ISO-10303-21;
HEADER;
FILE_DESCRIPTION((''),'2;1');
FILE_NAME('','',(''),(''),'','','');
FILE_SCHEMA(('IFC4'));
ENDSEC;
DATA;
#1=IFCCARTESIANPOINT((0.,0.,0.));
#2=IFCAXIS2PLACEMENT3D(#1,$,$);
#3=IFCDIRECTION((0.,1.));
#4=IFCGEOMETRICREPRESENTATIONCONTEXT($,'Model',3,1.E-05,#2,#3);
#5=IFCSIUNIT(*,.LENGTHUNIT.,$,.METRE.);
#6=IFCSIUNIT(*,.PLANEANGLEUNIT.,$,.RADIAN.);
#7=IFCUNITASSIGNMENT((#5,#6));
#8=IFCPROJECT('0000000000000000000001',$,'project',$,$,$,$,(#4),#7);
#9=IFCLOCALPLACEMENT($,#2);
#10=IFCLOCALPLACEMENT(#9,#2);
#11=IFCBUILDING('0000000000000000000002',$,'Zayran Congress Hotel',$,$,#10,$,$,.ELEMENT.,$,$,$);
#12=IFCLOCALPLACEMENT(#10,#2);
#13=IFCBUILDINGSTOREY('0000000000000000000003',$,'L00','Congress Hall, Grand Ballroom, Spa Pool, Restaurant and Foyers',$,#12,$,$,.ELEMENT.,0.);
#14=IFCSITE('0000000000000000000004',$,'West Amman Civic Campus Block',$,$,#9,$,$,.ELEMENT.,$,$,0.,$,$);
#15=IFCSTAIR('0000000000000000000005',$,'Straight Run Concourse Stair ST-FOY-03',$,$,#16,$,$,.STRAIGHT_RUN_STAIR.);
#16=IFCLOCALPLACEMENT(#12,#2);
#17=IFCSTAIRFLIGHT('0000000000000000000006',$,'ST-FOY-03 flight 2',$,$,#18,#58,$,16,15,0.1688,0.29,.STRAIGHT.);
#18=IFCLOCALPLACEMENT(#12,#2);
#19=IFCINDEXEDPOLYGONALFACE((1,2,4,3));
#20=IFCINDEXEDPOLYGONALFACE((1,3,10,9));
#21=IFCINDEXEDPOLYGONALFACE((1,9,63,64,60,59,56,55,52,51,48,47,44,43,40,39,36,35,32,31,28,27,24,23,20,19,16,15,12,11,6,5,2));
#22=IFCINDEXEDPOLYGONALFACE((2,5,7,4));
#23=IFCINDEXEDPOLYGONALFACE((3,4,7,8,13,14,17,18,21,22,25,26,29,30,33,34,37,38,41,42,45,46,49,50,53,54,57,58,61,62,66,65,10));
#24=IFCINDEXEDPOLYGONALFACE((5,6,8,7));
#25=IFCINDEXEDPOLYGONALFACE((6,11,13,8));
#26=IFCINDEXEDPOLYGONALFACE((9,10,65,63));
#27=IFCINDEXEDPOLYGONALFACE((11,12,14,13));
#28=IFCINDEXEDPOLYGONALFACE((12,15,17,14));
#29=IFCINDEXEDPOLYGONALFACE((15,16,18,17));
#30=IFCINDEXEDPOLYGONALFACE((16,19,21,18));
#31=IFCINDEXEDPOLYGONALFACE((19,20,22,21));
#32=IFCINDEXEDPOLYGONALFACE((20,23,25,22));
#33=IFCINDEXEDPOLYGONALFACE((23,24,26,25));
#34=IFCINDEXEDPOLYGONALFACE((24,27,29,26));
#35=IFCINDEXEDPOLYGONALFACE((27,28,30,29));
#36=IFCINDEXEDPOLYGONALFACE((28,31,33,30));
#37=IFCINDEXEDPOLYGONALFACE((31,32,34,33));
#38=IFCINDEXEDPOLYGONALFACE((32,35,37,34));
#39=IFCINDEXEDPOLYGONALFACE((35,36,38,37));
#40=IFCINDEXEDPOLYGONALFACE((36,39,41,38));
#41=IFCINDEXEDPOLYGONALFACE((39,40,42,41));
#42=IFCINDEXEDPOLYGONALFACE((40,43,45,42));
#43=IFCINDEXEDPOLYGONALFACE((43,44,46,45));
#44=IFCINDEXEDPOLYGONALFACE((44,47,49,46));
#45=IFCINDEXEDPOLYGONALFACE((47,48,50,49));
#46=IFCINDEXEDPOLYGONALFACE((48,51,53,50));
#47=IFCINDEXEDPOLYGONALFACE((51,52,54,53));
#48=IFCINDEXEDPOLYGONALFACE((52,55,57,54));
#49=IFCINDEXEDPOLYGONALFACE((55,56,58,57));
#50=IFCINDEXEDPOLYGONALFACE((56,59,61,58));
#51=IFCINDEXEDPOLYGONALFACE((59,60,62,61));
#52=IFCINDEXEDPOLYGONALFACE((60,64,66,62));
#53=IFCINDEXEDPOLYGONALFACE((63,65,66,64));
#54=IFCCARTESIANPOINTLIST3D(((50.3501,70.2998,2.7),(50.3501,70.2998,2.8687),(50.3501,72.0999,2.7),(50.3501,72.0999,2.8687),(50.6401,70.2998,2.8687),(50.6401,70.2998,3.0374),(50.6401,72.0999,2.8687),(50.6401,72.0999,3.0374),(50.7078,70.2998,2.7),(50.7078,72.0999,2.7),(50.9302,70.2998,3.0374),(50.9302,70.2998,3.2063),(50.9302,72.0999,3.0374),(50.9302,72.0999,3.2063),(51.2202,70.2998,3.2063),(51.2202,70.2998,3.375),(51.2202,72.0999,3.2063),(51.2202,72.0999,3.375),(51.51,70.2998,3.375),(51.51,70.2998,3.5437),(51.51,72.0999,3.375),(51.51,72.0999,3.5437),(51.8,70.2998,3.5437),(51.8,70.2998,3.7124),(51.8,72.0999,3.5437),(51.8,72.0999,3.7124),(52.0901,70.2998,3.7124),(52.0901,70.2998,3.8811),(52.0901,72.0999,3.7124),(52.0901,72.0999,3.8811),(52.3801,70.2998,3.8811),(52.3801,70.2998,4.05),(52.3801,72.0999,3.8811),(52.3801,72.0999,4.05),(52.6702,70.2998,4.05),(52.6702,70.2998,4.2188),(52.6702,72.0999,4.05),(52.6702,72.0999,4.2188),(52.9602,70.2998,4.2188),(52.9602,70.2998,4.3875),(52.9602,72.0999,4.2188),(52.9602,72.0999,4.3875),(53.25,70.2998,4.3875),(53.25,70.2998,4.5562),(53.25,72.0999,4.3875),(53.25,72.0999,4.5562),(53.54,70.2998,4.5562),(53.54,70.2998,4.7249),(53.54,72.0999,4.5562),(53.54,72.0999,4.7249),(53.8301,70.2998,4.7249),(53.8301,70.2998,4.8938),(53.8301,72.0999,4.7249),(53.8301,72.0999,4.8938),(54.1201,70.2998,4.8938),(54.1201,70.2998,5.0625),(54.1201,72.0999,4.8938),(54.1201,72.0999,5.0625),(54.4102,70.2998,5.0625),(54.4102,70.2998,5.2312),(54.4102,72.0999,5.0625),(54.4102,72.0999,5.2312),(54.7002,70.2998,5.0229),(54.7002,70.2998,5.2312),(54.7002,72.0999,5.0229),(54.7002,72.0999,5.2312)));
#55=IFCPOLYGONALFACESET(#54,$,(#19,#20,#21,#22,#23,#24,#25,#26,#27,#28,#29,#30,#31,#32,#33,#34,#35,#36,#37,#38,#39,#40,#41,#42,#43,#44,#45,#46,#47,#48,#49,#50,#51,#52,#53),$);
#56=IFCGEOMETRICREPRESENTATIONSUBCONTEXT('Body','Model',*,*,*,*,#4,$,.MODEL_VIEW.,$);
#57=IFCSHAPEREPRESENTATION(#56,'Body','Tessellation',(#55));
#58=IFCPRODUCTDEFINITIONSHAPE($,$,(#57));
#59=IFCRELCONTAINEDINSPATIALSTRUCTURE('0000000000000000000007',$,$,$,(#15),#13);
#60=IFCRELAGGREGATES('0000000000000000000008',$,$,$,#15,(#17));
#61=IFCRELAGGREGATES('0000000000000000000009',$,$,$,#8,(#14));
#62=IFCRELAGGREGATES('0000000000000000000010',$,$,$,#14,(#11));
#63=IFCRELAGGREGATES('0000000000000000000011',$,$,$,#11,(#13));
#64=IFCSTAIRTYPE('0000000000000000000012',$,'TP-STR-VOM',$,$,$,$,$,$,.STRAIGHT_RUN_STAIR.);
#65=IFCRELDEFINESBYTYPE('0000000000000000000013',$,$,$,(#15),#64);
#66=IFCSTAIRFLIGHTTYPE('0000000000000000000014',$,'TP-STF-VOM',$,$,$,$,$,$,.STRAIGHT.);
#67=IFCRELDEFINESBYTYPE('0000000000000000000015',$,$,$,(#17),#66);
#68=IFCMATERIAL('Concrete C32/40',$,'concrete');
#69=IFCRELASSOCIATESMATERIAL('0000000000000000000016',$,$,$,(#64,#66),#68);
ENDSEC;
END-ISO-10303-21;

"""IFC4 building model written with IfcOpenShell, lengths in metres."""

from ifc_helpers import new_model, si_unit, direction, frame, origin, place, context, subcontext, project, spatial, polyline, outline, extrude, material, type_object, element, aggregate, save


model = new_model("IFC4")

# Units and contexts
model_context = context("Model", 3, precision=1e-05, world=origin(), true_north=direction((0.0, 1.0)))
body_context = subcontext(model_context, "Body", "Model", "MODEL_VIEW")
ifc_project = project(units=[si_unit("LENGTHUNIT", "METRE"), si_unit("PLANEANGLEUNIT", "RADIAN")], contexts=[model_context])

# Site, building, storey
site_placement = place(None, origin())
site = spatial("IfcSite", under=ifc_project, at=site_placement, Name="West Amman Civic Campus Block", CompositionType="ELEMENT", RefElevation=0.0)
building_placement = place(site_placement, origin())
building = spatial("IfcBuilding", under=site, at=building_placement, Name="Zayran Congress Hotel", CompositionType="ELEMENT")
storey_placement = place(building_placement, origin())
storey = spatial("IfcBuildingStorey", under=building, at=storey_placement, Name="L00", Description="Congress Hall, Grand Ballroom, Spa Pool, Restaurant and Foyers", CompositionType="ELEMENT", Elevation=0.0)

# Stair, stair flight
ifc_material_1 = material(Name="Concrete C32/40", Category="concrete")
stair_type = type_object("IfcStairType", Name="TP-STR-VOM", PredefinedType="STRAIGHT_RUN_STAIR", material=ifc_material_1)
stair_placement = place(storey_placement, origin())
stair = element("IfcStair", 1, at=stair_placement, inside=storey, type_object=stair_type, Name="Straight Run Concourse Stair ST-FOY-03", PredefinedType="STRAIGHT_RUN_STAIR")
stair_flight_type = type_object("IfcStairFlightType", Name="TP-STF-VOM", PredefinedType="STRAIGHT", material=ifc_material_1)
stair_flight_placement = place(storey_placement, frame((50.3501, 71.2, 2.7), z_axis=(0.0, 0.0, 1.0), x_axis=(1.0, 0.0, 0.0)))
stair_flight = element("IfcStairFlight", 2, at=stair_flight_placement, type_object=stair_flight_type, Name="ST-FOY-03 flight 2", NumberOfRisers=16, NumberOfTreads=15, PredefinedType="STRAIGHT", RiserHeight=0.1688, TreadLength=0.29, context=body_context, shape_type="SweptSolid", body=[
    extrude(outline(polyline([(0.0, 0.0), (0.0, 0.1687), (0.29, 0.1687), (0.29, 0.3374), (0.5801, 0.3374), (0.5801, 0.5063), (0.8701, 0.5063), (0.8701, 0.675), (1.1599, 0.675), (1.1599, 0.8438), (1.45, 0.8438), (1.45, 1.0125), (1.74, 1.0125), (1.74, 1.1812), (2.03, 1.1812), (2.03, 1.3501), (2.3201, 1.3501), (2.3201, 1.5188), (2.6101, 1.5188), (2.6101, 1.6875), (2.8999, 1.6875), (2.8999, 1.8562), (3.1899, 1.8562), (3.1899, 2.0249), (3.48, 2.0249), (3.48, 2.1938), (3.77, 2.1938), (3.77, 2.3625), (4.0601, 2.3625), (4.0601, 2.5312), (4.3501, 2.5312), (4.3501, 2.7), (4.3501, 2.323), (0.3577, 0.0), (0.0, 0.0)])), frame((0.0, 0.8999, 0.0), z_axis=(0.0, -1.0, 0.0), x_axis=(1.0, 0.0, 0.0)), (0.0, 0.0, 1.0), 1.8),
])
aggregate(stair, [stair_flight])

save(model, "model.ifc")
